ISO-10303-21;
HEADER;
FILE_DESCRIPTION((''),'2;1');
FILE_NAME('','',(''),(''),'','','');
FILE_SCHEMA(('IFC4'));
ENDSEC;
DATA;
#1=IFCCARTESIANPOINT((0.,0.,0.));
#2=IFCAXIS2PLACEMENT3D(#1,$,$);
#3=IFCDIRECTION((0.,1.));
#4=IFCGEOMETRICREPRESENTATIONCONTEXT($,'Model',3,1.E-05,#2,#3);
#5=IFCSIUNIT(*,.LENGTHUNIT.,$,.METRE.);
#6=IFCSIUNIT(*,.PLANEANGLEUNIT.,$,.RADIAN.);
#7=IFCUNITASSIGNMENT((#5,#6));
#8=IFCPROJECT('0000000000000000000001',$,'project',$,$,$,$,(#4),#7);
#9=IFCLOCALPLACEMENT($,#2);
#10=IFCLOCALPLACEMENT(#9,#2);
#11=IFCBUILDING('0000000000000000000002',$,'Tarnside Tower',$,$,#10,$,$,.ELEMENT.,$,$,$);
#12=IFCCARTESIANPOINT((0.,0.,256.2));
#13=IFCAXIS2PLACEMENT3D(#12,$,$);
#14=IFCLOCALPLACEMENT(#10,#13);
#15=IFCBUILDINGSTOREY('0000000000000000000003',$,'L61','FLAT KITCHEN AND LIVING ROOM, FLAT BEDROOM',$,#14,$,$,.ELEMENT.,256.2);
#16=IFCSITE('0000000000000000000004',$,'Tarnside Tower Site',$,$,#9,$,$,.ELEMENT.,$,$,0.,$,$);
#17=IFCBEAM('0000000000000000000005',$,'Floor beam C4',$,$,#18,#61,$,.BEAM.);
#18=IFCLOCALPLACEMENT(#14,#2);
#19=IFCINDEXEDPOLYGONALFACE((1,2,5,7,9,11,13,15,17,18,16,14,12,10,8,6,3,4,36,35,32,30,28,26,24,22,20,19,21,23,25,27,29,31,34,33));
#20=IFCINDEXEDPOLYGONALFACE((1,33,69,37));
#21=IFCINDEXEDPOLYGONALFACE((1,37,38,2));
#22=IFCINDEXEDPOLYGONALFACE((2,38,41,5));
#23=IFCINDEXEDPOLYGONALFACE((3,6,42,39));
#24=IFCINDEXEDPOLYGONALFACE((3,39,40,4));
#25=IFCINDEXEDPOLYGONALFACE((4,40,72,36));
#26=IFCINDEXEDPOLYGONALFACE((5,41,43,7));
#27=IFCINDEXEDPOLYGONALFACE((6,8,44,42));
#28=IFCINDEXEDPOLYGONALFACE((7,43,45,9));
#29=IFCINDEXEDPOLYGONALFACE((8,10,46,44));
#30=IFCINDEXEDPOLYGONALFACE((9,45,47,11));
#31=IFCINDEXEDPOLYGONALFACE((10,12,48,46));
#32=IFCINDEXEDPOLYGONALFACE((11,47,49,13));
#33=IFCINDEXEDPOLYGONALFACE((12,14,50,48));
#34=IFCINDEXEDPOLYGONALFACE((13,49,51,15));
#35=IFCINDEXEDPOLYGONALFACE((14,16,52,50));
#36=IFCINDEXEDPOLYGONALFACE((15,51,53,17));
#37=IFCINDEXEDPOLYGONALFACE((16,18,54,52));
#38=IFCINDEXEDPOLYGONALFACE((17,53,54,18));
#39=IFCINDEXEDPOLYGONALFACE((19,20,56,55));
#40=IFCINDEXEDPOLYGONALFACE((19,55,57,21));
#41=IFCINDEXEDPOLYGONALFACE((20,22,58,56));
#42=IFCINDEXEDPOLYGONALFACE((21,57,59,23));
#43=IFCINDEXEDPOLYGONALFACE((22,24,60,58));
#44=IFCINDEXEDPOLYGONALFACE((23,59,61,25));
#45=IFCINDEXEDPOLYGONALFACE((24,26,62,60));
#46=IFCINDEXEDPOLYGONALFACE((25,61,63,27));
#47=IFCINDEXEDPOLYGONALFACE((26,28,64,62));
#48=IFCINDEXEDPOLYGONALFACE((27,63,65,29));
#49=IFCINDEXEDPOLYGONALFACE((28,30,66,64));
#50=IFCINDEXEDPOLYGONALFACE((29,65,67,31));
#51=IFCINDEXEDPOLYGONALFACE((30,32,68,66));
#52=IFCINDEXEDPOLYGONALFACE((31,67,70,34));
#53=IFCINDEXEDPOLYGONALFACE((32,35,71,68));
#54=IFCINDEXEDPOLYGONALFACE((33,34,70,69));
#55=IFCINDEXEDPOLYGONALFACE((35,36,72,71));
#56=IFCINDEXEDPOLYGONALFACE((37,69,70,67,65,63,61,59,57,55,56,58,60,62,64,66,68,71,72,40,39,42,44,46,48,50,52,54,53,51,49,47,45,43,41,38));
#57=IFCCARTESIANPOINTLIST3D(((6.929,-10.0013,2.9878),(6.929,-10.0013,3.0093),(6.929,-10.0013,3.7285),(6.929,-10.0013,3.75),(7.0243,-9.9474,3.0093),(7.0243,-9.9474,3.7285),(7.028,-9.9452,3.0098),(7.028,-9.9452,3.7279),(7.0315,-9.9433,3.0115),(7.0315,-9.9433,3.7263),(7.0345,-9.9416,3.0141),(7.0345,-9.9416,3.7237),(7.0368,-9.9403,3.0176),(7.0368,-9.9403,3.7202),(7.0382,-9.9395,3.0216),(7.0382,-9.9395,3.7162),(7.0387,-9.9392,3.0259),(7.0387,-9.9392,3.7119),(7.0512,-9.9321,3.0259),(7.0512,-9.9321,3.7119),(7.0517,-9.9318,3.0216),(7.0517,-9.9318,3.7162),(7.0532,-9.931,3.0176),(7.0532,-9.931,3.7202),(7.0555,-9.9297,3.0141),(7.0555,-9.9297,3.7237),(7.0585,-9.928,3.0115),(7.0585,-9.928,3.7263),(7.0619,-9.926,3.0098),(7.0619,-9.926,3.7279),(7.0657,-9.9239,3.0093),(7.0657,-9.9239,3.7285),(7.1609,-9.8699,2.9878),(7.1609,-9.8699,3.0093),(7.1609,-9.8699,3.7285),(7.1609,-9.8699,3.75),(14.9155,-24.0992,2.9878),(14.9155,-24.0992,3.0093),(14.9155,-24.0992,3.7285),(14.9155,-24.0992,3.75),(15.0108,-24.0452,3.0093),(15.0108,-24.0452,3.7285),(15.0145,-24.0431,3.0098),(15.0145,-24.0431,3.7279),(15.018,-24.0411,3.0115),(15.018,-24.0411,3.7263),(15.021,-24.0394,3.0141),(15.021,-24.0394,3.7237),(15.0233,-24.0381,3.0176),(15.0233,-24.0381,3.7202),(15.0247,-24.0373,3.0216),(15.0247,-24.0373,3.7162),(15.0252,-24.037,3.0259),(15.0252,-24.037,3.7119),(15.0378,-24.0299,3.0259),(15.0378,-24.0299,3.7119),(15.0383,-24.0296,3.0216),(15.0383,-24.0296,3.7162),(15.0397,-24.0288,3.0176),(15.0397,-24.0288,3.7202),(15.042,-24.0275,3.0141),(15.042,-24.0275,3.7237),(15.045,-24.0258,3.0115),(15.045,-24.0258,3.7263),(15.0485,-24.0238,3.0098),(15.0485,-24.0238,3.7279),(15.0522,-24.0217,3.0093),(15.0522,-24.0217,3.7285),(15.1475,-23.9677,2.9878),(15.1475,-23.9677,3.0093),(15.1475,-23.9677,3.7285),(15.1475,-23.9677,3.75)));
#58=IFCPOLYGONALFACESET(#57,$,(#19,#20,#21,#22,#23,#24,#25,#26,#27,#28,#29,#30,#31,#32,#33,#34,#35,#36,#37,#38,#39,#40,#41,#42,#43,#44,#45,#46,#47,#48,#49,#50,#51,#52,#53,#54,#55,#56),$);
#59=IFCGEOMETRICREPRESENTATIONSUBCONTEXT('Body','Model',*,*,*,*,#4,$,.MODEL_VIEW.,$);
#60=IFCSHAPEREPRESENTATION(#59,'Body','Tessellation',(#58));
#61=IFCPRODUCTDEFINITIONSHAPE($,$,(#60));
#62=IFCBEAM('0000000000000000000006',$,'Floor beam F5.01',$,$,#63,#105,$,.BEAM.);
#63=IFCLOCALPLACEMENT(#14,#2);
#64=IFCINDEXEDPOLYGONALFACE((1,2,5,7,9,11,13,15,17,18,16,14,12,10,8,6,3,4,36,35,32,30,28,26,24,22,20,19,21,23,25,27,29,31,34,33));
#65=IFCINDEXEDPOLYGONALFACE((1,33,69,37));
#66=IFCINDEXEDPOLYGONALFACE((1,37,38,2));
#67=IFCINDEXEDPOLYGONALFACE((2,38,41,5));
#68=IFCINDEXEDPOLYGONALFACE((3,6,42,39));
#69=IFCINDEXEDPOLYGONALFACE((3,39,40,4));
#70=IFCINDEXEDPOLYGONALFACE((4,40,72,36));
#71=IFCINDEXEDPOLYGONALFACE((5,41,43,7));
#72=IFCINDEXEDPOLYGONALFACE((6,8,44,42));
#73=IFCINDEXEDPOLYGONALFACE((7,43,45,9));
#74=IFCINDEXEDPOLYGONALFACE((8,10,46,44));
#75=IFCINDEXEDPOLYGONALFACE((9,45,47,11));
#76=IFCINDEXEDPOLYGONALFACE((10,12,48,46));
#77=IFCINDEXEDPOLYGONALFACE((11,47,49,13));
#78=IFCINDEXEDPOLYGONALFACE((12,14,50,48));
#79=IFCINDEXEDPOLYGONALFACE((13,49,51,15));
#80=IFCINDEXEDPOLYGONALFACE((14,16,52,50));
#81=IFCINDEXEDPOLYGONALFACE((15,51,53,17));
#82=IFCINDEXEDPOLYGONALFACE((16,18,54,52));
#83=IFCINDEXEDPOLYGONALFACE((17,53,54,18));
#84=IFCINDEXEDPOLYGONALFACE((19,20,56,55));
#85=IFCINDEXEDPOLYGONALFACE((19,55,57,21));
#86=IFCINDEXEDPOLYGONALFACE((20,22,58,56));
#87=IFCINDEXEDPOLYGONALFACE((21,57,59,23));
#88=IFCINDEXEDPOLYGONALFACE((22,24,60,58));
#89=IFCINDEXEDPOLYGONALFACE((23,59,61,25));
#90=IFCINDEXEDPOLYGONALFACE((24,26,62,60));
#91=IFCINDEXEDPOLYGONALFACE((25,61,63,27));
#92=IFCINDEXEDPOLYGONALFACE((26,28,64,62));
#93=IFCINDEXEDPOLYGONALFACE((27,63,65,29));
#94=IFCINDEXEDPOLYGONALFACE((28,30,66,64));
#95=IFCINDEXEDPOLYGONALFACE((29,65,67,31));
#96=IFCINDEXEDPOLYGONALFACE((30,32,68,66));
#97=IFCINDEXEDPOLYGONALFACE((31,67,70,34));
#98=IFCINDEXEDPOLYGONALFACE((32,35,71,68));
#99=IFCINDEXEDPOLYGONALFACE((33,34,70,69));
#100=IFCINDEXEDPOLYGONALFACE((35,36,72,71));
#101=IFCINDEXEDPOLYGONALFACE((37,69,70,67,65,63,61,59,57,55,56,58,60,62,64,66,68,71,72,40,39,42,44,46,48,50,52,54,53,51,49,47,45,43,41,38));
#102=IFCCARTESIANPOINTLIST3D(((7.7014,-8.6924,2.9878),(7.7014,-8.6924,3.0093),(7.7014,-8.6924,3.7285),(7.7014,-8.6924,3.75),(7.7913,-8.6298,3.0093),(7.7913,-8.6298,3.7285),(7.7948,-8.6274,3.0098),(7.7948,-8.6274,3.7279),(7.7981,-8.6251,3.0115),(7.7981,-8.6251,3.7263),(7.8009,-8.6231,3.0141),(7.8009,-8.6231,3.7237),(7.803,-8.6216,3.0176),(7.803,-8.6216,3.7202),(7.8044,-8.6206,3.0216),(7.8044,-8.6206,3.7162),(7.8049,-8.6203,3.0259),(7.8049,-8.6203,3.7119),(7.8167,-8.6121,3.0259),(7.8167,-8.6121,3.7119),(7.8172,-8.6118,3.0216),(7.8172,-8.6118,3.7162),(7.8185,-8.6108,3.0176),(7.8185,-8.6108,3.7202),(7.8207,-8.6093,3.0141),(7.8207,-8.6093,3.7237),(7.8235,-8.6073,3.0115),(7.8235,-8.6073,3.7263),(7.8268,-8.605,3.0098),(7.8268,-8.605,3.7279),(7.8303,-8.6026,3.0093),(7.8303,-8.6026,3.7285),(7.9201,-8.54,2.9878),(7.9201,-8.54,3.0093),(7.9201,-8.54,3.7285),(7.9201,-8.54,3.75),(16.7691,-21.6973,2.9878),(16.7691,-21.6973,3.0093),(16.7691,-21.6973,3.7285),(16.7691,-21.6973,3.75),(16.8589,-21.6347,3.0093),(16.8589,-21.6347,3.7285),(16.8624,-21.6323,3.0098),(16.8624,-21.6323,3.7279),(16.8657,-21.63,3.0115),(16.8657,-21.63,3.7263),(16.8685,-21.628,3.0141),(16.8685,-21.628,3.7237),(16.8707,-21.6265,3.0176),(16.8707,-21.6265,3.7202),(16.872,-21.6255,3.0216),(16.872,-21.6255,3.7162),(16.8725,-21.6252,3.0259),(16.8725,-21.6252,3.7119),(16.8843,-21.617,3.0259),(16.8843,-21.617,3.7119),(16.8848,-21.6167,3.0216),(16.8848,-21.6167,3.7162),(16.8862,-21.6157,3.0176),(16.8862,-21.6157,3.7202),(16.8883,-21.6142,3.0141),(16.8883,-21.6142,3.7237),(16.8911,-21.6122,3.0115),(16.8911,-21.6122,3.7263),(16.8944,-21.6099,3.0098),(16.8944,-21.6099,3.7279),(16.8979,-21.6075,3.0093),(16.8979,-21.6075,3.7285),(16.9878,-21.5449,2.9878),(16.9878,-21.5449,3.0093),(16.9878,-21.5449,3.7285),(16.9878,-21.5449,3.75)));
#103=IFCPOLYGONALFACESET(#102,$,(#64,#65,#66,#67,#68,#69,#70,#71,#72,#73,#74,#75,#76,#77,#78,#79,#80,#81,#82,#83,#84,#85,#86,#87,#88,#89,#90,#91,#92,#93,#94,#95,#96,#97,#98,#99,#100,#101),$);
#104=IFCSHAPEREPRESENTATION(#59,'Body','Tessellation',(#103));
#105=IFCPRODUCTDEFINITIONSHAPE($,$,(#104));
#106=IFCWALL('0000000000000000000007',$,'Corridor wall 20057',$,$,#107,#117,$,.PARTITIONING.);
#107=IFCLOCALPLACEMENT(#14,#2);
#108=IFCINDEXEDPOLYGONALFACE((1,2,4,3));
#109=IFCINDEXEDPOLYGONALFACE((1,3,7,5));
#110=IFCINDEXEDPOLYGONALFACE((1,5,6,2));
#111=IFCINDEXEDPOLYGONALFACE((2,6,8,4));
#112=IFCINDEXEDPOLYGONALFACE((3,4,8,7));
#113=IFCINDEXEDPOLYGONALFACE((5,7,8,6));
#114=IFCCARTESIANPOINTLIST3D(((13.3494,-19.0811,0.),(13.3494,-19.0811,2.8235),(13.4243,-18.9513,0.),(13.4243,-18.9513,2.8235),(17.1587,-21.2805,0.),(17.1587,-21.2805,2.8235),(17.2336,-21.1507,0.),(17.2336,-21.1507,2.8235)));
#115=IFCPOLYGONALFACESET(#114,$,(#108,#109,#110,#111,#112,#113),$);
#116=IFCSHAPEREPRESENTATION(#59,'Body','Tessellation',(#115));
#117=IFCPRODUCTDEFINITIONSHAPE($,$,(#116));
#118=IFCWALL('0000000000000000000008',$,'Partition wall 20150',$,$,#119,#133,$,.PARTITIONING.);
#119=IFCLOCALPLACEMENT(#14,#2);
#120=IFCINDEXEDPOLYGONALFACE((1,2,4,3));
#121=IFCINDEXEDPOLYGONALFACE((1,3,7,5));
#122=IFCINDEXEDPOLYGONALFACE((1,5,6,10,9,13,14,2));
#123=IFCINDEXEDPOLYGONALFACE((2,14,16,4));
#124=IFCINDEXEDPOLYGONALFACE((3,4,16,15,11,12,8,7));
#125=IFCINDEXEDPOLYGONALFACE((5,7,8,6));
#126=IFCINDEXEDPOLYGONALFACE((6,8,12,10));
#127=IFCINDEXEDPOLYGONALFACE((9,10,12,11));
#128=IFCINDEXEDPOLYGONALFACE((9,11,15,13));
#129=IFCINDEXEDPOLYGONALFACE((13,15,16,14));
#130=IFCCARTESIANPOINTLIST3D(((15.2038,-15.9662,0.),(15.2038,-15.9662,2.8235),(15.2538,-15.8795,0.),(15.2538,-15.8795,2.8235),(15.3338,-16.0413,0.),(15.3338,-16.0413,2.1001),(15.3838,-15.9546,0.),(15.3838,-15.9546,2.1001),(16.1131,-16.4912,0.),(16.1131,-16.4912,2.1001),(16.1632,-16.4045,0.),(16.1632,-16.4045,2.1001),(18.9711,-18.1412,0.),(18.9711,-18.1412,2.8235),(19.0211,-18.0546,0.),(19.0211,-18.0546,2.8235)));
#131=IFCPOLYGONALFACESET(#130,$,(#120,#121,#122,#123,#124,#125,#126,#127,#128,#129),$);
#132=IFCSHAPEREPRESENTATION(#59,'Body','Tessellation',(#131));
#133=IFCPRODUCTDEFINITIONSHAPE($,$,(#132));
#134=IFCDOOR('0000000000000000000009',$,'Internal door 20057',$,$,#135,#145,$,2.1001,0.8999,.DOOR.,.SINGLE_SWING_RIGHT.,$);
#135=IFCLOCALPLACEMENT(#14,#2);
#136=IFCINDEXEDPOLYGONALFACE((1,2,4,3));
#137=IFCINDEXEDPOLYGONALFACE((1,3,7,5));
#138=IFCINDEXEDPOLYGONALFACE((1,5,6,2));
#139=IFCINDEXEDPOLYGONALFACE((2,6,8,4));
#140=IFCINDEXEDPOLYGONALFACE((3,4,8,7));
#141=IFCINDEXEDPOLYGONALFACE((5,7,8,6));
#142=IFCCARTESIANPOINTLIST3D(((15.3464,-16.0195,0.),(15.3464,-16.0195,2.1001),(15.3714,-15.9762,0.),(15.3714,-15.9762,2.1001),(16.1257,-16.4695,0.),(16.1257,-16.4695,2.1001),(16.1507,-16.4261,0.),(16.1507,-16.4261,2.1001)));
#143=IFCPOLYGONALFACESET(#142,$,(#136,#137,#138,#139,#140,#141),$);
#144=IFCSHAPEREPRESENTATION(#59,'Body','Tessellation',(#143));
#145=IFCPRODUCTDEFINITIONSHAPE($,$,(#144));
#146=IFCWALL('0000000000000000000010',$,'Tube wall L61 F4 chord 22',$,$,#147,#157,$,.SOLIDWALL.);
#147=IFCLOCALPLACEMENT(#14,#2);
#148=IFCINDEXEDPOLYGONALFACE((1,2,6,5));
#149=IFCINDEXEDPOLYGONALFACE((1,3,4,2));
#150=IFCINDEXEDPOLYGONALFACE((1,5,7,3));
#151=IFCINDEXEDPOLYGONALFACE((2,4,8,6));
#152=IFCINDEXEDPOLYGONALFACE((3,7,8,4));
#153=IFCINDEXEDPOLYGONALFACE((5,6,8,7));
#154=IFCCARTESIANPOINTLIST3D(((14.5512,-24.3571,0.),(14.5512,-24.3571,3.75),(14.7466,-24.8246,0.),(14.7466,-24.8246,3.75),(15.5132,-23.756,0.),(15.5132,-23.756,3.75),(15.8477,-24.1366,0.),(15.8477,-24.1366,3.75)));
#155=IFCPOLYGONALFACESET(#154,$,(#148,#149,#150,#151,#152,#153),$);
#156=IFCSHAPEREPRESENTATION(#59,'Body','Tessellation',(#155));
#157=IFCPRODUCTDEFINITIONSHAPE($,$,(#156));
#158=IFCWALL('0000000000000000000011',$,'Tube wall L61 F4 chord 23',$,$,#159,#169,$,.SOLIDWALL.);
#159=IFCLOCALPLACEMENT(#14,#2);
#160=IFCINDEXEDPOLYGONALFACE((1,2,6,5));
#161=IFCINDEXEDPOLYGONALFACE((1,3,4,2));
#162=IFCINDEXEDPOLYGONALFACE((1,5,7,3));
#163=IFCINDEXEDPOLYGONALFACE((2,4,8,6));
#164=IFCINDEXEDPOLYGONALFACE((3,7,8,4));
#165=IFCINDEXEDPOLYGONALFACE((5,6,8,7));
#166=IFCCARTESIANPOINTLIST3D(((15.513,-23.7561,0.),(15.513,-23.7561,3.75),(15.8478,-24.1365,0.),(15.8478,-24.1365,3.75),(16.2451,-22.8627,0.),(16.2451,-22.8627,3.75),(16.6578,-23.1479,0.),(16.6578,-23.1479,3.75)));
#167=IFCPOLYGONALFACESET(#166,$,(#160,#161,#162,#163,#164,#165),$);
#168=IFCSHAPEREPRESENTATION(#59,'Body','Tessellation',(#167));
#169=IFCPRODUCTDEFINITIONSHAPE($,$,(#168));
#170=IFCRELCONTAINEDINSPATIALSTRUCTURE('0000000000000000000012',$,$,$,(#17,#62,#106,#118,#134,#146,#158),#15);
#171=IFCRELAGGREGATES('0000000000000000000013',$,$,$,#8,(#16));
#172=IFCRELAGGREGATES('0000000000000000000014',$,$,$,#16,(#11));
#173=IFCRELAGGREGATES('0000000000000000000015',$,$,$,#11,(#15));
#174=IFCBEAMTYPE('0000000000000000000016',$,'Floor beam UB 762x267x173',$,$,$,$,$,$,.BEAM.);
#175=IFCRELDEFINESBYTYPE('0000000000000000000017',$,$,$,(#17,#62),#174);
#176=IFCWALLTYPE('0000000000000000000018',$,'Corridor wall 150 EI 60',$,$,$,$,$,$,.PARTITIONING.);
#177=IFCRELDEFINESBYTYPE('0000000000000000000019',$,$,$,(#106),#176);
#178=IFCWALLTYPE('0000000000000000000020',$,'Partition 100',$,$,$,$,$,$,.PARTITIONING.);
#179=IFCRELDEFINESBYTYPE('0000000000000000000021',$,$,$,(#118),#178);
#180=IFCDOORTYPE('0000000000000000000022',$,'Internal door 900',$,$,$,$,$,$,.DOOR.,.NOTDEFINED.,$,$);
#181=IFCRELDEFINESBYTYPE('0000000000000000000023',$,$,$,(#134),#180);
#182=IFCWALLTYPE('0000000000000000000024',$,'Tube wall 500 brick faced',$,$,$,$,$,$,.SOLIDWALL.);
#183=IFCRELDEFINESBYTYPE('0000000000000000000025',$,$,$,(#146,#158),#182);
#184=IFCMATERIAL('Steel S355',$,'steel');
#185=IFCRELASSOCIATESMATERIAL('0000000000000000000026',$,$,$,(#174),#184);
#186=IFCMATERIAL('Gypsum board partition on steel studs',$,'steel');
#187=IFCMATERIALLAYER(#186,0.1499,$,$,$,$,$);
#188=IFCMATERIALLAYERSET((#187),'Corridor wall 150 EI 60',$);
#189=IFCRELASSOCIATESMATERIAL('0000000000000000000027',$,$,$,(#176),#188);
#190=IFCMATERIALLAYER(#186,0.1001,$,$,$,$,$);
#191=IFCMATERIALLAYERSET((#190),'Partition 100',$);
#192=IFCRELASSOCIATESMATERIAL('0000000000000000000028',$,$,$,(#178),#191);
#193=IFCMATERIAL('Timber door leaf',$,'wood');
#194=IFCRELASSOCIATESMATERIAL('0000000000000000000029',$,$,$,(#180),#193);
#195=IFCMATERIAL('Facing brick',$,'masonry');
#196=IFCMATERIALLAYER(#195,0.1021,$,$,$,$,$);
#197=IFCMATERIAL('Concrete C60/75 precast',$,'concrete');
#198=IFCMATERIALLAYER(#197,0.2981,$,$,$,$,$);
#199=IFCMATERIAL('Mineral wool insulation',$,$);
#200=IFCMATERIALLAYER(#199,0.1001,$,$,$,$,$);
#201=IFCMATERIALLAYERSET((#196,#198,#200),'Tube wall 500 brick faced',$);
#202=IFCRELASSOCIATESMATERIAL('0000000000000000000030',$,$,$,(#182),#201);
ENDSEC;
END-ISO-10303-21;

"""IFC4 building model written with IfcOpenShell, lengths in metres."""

from ifc_helpers import new_model, si_unit, direction, frame, frame_2d, origin, origin_2d, place, context, subcontext, project, spatial, polyline, rectangle, i_section, outline, extrude, material, layer, layer_set, material_profile, profile_set, type_object, element, fill, save


model = new_model("IFC4")

# Units and contexts
model_context = context("Model", 3, precision=1e-05, world=origin(), true_north=direction((0.0, 1.0)))
body_context = subcontext(model_context, "Body", "Model", "MODEL_VIEW")
ifc_project = project(units=[si_unit("LENGTHUNIT", "METRE"), si_unit("PLANEANGLEUNIT", "RADIAN")], contexts=[model_context])

# Site, building, storey
site_placement = place(None, origin())
site = spatial("IfcSite", under=ifc_project, at=site_placement, Name="Tarnside Tower Site", CompositionType="ELEMENT", RefElevation=0.0)
building_placement = place(site_placement, origin())
building = spatial("IfcBuilding", under=site, at=building_placement, Name="Tarnside Tower", CompositionType="ELEMENT")
storey_placement = place(building_placement, frame((0.0, 0.0, 256.2)))
storey = spatial("IfcBuildingStorey", under=building, at=storey_placement, Name="L61", Description="FLAT KITCHEN AND LIVING ROOM, FLAT BEDROOM", CompositionType="ELEMENT", Elevation=256.2)

# Beams
ifc_material_1 = material(Name="Steel S355", Category="steel")
ifc_material_profile = material_profile(ifc_material_1, i_section(OverallWidth=0.2666, OverallDepth=0.7622, WebThickness=0.0144, FlangeThickness=0.0215, FilletRadius=0.0166, at=origin_2d()), Name="UB 762x267x173")
ifc_profile_set = profile_set([ifc_material_profile], Name="Steel S355")
beam_type = type_object("IfcBeamType", Name="Floor beam UB 762x267x173", PredefinedType="BEAM", material=ifc_profile_set)
beam_1_placement = place(storey_placement, frame((15.0315, -24.0334, 3.3689), z_axis=(-0.492908, 0.870081, 0.0), x_axis=(-0.870081, -0.492908, 0.0)))
element("IfcBeam", 1, at=beam_1_placement, inside=storey, type_object=beam_type, Name="Floor beam C4", PredefinedType="BEAM", context=body_context, shape_type="SweptSolid", body=[
    extrude(i_section(OverallWidth=0.2666, OverallDepth=0.7622, WebThickness=0.0144, FlangeThickness=0.0215, FilletRadius=0.0166, at=origin_2d()), origin(), (0.0, 0.0, 1.0), 16.2029),
])
beam_2_placement = place(storey_placement, frame((16.8784, -21.6211, 3.3689), z_axis=(-0.571946, 0.820291, 0.0), x_axis=(-0.820291, -0.571946, 0.0)))
element("IfcBeam", 2, at=beam_2_placement, inside=storey, type_object=beam_type, Name="Floor beam F5.01", PredefinedType="BEAM", context=body_context, shape_type="SweptSolid", body=[
    extrude(i_section(OverallWidth=0.2666, OverallDepth=0.7622, WebThickness=0.0144, FlangeThickness=0.0215, FilletRadius=0.0166, at=origin_2d()), origin(), (0.0, 0.0, 1.0), 15.854),
])

# Wall
ifc_material_2 = material(Name="Gypsum board partition on steel studs", Category="steel")
ifc_layer_1 = layer(ifc_material_2, 0.1499)
ifc_layer_set_1 = layer_set([ifc_layer_1], Name="Corridor wall 150 EI 60")
wall_type_1 = type_object("IfcWallType", Name="Corridor wall 150 EI 60", PredefinedType="PARTITIONING", material=ifc_layer_set_1)
wall_1_placement = place(storey_placement, frame((17.196, -21.2156, 0.0), z_axis=(0.0, 0.0, 1.0), x_axis=(-0.866011, 0.500025, 0.0)))
element("IfcWall", 3, at=wall_1_placement, inside=storey, type_object=wall_type_1, Name="Corridor wall 20057", PredefinedType="PARTITIONING", context=body_context, shape_type="SweptSolid", body=[
    extrude(rectangle(XDim=4.3987, YDim=0.1499, at=frame_2d((2.1992, 0.0))), origin(), (0.0, 0.0, 1.0), 2.8235),
])

# Wall, opening, door
ifc_layer_2 = layer(ifc_material_2, 0.1001)
ifc_layer_set_2 = layer_set([ifc_layer_2], Name="Partition 100")
wall_type_2 = type_object("IfcWallType", Name="Partition 100", PredefinedType="PARTITIONING", material=ifc_layer_set_2)
wall_2_placement = place(storey_placement, frame((18.9961, -18.0979, 0.0), z_axis=(0.0, 0.0, 1.0), x_axis=(-0.866028, 0.499996, 0.0)))
wall_2 = element("IfcWall", 4, at=wall_2_placement, inside=storey, type_object=wall_type_2, Name="Partition wall 20150", PredefinedType="PARTITIONING", context=body_context, shape_type="SweptSolid", body=[
    extrude(rectangle(XDim=4.3501, YDim=0.1001, at=frame_2d((2.175, 0.0))), origin(), (0.0, 0.0, 1.0), 2.8235),
])
opening_1_placement = place(wall_2_placement, frame((3.3, 0.0, 0.0)))
opening_1 = element("IfcOpeningElement", 5, at=opening_1_placement, cuts=wall_2, PredefinedType="OPENING", context=body_context, shape_type="SweptSolid", body=[
    extrude(rectangle(XDim=0.8999, YDim=2.1001, at=frame_2d((0.45, 1.05))), frame((0.0, 0.0601, 0.0), z_axis=(0.0, -1.0, 0.0), x_axis=(1.0, 0.0, 0.0)), (0.0, 0.0, 1.0), 0.1201),
])
ifc_material_3 = material(Name="Timber door leaf", Category="wood")
door_type = type_object("IfcDoorType", Name="Internal door 900", OperationType="NOTDEFINED", PredefinedType="DOOR", material=ifc_material_3)
door_placement = place(opening_1_placement, origin())
door = element("IfcDoor", 6, at=door_placement, inside=storey, type_object=door_type, Name="Internal door 20057", OperationType="SINGLE_SWING_RIGHT", OverallHeight=2.1001, OverallWidth=0.8999, PredefinedType="DOOR", context=body_context, shape_type="SweptSolid", body=[
    extrude(rectangle(XDim=0.8999, YDim=2.1001, at=frame_2d((0.45, 1.05))), frame((0.0, 0.0249, 0.0), z_axis=(0.0, -1.0, 0.0), x_axis=(1.0, 0.0, 0.0)), (0.0, 0.0, 1.0), 0.05),
])
fill(opening_1, door)

# Walls
ifc_material_4 = material(Name="Facing brick", Category="masonry")
ifc_layer_3 = layer(ifc_material_4, 0.1021)
ifc_material_5 = material(Name="Concrete C60/75 precast", Category="concrete")
ifc_layer_4 = layer(ifc_material_5, 0.2981)
ifc_material_6 = material(Name="Mineral wool insulation")
ifc_layer_5 = layer(ifc_material_6, 0.1001)
ifc_layer_set_3 = layer_set([ifc_layer_3, ifc_layer_4, ifc_layer_5], Name="Tube wall 500 brick faced")
wall_type_3 = type_object("IfcWallType", Name="Tube wall 500 brick faced", PredefinedType="SOLIDWALL", material=ifc_layer_set_3)
wall_3_placement = place(storey_placement, frame((14.6489, -24.5908, 0.0), z_axis=(0.0, 0.0, 1.0), x_axis=(0.848055, 0.529909, 0.0)))
element("IfcWall", 7, at=wall_3_placement, inside=storey, type_object=wall_type_3, Name="Tube wall L61 F4 chord 22", PredefinedType="SOLIDWALL", context=body_context, shape_type="SweptSolid", body=[
    extrude(outline(polyline([(-0.041, -0.25), (1.2573, -0.25), (1.1753, 0.25), (0.041, 0.25), (-0.041, -0.25)])), origin(), (0.0, 0.0, 1.0), 3.75),
])
wall_4_placement = place(storey_placement, frame((15.6804, -23.9463, 0.0), z_axis=(0.0, 0.0, 1.0), x_axis=(0.633806, 0.773492, 0.0)))
element("IfcWall", 8, at=wall_4_placement, inside=storey, type_object=wall_type_3, Name="Tube wall L61 F4 chord 23", PredefinedType="SOLIDWALL", context=body_context, shape_type="SweptSolid", body=[
    extrude(outline(polyline([(-0.041, -0.25), (1.2371, -0.25), (1.196, 0.25), (0.041, 0.25), (-0.041, -0.25)])), origin(), (0.0, 0.0, 1.0), 3.75),
])

save(model, "model.ifc")
